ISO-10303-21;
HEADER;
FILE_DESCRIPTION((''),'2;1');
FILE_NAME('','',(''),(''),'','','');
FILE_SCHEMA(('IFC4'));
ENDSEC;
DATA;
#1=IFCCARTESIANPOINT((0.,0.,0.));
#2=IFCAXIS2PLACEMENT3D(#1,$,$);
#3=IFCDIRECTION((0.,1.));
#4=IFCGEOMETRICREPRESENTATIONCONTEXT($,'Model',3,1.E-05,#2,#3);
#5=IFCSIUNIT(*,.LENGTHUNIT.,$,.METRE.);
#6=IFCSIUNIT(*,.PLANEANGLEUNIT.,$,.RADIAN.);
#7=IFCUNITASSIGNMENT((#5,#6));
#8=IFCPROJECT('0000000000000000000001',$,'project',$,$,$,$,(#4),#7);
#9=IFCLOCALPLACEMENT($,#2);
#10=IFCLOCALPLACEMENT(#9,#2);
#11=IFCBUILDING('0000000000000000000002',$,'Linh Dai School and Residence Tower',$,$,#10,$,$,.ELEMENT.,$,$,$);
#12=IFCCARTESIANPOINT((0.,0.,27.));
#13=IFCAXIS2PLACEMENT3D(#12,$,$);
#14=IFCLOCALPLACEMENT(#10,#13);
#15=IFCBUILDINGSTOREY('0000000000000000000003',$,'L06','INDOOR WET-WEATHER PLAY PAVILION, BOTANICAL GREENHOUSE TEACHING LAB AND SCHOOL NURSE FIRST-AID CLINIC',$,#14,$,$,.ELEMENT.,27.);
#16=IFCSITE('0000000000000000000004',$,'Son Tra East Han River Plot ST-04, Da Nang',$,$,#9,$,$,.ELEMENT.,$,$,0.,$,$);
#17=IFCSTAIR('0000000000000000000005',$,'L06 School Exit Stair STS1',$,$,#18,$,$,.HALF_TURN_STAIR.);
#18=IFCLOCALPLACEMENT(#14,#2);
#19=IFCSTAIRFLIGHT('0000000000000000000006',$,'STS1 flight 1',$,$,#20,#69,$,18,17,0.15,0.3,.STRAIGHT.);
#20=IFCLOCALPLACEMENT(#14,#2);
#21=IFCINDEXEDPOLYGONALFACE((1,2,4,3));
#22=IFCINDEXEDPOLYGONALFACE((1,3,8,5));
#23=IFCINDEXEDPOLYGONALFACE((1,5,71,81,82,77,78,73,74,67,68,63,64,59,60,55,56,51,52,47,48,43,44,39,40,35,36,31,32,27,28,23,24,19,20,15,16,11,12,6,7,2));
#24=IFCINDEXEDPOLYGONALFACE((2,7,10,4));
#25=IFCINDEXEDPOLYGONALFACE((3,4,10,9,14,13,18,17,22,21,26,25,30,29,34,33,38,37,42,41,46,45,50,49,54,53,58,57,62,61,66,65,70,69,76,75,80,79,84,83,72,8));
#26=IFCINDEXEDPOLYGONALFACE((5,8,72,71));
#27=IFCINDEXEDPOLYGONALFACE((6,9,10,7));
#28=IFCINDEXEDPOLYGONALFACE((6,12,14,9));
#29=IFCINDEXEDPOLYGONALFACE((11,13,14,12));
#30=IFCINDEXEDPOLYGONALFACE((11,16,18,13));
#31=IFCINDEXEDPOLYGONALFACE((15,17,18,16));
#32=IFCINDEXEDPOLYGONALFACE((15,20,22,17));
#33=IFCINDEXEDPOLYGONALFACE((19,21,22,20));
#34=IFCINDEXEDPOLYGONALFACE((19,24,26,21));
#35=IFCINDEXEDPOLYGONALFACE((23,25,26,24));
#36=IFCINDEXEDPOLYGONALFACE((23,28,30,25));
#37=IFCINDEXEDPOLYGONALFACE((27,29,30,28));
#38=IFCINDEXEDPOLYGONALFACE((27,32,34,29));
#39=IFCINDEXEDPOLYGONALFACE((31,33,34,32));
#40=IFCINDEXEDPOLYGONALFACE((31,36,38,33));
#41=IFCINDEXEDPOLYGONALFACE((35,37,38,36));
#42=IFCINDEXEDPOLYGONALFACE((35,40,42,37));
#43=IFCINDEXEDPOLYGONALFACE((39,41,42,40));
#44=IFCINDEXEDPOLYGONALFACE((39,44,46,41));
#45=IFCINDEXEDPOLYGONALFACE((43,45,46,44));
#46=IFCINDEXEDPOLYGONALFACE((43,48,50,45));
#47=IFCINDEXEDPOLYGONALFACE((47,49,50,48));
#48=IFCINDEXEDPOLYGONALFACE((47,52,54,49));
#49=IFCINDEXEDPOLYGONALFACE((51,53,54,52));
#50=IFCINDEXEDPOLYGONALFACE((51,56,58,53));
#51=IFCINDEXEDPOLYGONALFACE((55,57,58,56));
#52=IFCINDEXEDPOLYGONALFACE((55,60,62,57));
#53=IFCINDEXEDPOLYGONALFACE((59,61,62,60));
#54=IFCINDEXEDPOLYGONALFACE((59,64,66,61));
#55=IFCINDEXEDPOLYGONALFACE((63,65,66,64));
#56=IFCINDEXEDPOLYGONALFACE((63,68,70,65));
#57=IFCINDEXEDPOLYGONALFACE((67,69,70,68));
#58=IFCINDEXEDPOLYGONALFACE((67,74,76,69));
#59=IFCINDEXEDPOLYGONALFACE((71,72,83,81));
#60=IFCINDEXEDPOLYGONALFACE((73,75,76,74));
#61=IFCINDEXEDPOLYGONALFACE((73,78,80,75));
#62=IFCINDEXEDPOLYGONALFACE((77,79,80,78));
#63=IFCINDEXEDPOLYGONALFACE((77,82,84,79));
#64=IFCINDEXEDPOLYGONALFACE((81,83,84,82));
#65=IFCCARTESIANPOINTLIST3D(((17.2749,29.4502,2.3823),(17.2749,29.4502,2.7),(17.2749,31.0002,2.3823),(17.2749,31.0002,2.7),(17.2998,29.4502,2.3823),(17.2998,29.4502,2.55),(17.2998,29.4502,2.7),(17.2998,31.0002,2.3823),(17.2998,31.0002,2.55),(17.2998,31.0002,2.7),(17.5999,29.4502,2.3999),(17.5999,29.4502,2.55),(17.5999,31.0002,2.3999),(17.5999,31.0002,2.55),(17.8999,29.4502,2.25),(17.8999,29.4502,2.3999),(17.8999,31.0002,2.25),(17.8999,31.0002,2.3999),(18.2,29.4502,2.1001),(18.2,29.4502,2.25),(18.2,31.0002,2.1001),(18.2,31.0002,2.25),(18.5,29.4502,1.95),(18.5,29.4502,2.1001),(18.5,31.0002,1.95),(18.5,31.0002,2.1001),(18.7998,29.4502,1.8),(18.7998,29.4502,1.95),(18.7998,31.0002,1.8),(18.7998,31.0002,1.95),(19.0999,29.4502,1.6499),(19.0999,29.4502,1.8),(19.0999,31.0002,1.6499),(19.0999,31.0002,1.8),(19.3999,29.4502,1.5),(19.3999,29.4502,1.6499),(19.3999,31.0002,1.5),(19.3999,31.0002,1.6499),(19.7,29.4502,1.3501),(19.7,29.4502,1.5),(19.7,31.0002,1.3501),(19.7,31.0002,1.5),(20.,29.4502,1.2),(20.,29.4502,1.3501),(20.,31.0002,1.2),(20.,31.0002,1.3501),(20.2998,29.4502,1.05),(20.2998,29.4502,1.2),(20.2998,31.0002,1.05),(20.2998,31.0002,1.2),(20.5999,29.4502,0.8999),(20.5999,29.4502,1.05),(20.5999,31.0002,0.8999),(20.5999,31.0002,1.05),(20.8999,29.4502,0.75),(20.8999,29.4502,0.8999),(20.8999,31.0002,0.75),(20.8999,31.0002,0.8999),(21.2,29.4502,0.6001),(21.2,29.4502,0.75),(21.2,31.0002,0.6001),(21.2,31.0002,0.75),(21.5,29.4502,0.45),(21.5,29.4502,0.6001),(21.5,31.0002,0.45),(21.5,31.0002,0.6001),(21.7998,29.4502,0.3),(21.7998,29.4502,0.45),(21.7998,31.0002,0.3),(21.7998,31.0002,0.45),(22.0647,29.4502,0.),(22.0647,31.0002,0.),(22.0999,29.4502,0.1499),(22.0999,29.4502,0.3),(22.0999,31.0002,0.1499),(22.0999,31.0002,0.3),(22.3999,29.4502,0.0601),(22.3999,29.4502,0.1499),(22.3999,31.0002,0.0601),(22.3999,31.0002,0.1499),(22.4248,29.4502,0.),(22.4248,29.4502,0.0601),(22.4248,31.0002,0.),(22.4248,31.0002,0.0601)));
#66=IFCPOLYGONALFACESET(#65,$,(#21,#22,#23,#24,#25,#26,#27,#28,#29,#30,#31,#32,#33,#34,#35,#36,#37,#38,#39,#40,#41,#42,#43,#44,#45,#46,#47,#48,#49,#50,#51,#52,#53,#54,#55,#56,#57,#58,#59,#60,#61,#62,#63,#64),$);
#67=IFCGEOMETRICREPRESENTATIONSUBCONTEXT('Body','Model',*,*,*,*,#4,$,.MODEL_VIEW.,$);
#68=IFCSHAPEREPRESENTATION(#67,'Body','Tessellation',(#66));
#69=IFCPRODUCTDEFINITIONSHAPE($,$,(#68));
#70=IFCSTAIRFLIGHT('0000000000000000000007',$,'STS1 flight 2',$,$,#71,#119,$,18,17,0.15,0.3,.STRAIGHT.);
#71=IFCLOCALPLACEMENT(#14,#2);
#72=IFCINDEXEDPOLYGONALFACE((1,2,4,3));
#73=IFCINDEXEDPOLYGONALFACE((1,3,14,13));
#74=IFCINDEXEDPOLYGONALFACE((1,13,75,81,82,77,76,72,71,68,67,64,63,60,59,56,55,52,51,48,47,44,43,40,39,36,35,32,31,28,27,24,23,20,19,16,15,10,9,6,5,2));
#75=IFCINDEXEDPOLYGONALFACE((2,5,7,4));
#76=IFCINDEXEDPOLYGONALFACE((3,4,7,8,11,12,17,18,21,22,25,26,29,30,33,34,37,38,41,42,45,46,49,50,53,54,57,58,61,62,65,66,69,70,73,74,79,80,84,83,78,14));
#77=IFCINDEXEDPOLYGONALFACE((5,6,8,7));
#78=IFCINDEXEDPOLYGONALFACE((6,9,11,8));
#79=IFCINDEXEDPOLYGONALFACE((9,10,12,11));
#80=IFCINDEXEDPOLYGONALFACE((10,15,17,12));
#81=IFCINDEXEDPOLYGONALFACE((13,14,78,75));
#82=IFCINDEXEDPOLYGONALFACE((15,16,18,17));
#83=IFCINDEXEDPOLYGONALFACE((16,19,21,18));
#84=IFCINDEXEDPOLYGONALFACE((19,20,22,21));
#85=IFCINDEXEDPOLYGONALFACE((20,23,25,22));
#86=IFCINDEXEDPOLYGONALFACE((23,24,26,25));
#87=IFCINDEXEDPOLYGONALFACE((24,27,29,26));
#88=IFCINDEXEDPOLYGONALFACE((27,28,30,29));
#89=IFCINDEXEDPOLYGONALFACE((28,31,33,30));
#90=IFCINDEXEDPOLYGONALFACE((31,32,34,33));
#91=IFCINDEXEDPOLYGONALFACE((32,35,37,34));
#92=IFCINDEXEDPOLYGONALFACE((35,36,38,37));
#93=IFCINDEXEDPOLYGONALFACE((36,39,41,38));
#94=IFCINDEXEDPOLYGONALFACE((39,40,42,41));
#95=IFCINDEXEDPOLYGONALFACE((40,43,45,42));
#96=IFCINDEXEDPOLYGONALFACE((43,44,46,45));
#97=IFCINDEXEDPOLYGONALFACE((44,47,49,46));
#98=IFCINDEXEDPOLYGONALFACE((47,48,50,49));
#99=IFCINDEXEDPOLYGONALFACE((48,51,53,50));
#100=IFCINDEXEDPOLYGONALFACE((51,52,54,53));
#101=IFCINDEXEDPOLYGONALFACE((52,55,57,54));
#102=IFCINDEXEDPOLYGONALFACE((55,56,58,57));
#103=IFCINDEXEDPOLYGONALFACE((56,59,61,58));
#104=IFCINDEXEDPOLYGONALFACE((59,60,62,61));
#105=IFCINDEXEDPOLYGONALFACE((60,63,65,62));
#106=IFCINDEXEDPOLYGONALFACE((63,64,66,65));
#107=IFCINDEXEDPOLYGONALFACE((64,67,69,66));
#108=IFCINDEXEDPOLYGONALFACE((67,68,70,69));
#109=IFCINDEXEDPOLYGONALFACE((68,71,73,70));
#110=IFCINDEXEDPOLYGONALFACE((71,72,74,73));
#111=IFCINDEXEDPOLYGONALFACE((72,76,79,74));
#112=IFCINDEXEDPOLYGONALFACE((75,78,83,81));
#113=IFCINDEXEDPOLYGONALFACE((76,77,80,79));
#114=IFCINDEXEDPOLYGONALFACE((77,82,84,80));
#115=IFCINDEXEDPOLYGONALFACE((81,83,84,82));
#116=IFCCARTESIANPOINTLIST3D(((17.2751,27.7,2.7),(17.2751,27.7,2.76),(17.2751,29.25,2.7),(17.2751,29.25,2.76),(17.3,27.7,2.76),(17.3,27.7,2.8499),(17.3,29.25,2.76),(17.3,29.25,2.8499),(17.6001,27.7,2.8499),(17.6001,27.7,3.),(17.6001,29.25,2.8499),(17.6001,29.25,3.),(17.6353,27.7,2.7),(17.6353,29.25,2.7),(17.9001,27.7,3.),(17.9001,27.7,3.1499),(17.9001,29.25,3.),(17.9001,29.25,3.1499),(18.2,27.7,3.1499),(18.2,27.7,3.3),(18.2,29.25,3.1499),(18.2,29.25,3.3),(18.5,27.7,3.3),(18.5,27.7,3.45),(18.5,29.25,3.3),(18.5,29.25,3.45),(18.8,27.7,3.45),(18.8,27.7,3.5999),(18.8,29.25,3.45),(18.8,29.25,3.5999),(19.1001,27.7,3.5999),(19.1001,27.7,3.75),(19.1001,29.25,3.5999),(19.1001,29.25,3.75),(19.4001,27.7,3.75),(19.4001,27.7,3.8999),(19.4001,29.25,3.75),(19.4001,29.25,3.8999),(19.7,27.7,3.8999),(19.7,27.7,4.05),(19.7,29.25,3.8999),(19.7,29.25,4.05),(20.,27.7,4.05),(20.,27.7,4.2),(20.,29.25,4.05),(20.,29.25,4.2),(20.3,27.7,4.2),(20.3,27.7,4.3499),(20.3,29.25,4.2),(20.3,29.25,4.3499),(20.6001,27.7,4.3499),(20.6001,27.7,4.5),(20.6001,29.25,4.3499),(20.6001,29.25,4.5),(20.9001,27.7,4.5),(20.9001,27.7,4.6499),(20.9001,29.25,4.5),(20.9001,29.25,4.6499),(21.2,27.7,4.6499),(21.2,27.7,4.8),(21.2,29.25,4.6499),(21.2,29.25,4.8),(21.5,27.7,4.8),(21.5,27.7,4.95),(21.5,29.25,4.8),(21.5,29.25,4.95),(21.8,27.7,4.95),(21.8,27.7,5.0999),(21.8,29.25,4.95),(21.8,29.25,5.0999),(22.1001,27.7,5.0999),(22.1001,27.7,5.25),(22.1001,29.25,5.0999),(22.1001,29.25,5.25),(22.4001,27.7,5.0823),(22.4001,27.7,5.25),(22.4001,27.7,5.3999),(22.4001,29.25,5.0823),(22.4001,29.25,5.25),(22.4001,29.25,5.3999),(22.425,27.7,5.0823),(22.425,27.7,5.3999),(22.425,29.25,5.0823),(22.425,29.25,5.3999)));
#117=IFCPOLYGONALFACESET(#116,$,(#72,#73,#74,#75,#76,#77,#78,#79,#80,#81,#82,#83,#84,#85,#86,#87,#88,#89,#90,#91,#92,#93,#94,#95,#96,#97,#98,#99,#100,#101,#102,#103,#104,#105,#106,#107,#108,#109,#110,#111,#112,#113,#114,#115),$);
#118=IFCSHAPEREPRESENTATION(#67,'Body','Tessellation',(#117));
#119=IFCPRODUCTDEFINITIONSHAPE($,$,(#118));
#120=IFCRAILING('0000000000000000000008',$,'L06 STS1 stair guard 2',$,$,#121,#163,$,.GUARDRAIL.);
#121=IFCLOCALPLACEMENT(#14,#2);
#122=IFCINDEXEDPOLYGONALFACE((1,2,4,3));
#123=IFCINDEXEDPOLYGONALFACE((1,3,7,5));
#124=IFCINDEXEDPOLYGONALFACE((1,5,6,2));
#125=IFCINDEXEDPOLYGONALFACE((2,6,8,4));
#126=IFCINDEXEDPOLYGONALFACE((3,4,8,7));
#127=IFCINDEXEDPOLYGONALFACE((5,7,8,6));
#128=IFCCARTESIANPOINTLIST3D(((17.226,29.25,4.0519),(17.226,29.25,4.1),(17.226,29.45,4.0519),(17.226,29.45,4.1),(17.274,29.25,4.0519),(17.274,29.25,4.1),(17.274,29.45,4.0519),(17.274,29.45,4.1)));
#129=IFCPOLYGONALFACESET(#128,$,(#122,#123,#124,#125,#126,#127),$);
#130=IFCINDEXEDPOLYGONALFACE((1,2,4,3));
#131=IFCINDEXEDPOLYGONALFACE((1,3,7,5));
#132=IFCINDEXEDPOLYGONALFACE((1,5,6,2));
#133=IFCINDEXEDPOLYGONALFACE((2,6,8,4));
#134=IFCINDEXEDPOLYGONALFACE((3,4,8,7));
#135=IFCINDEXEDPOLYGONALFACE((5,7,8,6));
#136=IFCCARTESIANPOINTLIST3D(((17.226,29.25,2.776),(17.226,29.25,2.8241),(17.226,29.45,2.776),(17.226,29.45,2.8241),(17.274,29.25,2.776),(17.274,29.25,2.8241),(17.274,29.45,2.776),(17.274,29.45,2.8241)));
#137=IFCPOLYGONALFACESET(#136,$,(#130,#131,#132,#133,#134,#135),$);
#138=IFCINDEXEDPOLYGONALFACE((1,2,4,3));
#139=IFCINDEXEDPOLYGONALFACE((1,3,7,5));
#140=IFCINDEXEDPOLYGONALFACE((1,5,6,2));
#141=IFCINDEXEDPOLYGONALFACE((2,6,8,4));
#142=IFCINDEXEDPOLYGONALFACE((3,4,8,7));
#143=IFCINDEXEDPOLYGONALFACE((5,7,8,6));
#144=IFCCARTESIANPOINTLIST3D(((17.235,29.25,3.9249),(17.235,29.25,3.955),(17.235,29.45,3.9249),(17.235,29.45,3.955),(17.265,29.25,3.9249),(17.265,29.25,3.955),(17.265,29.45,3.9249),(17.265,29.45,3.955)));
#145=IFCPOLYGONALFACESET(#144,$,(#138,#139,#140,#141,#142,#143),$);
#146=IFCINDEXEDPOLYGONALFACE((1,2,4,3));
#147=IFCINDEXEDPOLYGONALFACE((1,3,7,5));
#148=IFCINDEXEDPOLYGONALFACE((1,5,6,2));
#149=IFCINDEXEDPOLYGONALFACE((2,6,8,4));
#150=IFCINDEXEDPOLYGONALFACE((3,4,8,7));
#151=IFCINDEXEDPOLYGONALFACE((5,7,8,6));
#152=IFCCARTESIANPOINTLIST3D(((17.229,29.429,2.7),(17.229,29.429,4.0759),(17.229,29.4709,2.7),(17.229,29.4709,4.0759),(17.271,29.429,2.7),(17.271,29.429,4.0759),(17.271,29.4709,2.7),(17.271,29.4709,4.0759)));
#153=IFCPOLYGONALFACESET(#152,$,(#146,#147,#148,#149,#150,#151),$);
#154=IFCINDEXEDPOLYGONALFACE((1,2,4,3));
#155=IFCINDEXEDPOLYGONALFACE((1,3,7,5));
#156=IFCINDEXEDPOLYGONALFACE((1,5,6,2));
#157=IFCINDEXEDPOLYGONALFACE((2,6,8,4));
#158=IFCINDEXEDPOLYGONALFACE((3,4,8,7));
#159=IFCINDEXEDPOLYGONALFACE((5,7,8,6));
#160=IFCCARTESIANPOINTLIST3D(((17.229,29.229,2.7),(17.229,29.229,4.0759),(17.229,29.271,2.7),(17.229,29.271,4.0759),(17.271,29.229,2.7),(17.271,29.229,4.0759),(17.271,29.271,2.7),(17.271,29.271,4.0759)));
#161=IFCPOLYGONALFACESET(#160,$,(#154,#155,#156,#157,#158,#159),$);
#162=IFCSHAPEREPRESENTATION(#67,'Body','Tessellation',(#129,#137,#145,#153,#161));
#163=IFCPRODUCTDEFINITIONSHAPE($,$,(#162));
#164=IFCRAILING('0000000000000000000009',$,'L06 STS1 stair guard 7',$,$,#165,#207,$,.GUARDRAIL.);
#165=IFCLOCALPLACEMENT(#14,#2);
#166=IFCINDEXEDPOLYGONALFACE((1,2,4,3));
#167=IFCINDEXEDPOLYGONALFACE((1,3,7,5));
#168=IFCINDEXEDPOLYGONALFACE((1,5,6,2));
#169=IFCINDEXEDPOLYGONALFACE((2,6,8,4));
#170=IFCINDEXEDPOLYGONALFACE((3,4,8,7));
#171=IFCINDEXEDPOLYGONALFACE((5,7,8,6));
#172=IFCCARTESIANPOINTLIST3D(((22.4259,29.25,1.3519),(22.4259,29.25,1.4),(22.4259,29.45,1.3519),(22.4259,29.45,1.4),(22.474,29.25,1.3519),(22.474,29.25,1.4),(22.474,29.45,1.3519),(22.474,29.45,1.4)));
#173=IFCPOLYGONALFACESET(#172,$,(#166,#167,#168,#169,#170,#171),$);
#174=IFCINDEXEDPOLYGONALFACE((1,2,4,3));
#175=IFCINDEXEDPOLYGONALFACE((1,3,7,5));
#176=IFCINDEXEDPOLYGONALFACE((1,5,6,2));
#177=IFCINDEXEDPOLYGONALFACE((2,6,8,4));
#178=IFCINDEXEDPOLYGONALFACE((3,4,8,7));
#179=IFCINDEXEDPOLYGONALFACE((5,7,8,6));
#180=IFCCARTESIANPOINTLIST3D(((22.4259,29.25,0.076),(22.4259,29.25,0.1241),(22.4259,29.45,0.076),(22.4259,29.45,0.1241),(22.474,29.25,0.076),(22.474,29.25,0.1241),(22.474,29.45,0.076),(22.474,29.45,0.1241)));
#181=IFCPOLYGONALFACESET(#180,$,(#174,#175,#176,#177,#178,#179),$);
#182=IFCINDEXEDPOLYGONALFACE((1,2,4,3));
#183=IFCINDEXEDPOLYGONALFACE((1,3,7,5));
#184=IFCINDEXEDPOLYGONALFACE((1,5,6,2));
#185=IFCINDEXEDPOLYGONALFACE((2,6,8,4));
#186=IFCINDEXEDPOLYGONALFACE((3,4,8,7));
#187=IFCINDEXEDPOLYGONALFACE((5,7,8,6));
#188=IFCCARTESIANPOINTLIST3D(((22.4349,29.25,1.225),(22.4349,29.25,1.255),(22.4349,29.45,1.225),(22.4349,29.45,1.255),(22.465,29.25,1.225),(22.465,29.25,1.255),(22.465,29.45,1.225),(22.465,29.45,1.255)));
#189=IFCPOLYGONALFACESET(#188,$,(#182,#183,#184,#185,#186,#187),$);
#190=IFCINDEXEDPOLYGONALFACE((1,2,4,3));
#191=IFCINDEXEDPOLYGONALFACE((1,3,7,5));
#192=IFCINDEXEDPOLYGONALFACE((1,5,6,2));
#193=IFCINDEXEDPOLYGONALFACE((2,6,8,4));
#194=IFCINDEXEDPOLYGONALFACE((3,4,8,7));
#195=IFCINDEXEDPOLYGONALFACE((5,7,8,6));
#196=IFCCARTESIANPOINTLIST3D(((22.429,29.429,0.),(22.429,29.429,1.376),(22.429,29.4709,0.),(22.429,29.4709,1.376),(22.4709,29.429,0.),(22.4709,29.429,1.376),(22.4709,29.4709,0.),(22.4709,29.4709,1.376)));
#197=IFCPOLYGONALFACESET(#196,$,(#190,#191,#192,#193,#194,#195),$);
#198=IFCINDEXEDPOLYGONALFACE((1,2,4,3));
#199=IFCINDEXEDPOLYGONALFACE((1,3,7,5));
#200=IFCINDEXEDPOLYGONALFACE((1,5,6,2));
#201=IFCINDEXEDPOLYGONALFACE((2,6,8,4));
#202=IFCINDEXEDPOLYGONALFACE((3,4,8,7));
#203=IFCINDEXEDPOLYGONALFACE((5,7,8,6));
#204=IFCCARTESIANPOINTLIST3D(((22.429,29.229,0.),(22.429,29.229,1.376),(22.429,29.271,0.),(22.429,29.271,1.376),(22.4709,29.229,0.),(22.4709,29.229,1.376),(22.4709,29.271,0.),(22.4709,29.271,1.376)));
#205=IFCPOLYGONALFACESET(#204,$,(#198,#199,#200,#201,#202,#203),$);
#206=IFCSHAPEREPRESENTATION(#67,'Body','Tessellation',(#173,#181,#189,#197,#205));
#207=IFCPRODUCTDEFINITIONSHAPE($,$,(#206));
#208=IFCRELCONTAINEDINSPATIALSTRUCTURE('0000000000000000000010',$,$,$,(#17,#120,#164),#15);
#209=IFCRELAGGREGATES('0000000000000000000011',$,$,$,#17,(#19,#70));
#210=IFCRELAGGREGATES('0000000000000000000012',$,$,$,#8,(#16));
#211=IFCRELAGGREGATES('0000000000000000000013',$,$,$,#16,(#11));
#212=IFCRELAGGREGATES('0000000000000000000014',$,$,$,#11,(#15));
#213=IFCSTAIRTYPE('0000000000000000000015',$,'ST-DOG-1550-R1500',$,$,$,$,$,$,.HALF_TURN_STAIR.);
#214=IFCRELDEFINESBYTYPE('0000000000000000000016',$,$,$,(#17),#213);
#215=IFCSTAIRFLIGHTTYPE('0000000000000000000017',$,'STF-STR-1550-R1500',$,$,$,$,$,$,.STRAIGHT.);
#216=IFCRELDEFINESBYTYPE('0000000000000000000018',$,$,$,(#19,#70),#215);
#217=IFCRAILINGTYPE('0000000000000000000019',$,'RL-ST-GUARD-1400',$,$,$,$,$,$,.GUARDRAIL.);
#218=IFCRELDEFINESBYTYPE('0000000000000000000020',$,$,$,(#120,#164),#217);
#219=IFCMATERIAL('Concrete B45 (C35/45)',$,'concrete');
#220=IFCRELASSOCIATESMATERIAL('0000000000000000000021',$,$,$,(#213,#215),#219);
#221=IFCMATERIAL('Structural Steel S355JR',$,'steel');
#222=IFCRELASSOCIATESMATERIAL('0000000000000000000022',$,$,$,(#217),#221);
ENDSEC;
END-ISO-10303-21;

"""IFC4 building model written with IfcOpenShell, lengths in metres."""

from ifc_helpers import new_model, si_unit, direction, frame, origin, origin_2d, place, context, subcontext, project, spatial, polyline, rectangle, outline, extrude, source, transform, mapped, material, type_object, element, aggregate, save


model = new_model("IFC4")

# Units and contexts
model_context = context("Model", 3, precision=1e-05, world=origin(), true_north=direction((0.0, 1.0)))
body_context = subcontext(model_context, "Body", "Model", "MODEL_VIEW")
ifc_project = project(units=[si_unit("LENGTHUNIT", "METRE"), si_unit("PLANEANGLEUNIT", "RADIAN")], contexts=[model_context])

# Site, building, storey
site_placement = place(None, origin())
site = spatial("IfcSite", under=ifc_project, at=site_placement, Name="Son Tra East Han River Plot ST-04, Da Nang", CompositionType="ELEMENT", RefElevation=0.0)
building_placement = place(site_placement, origin())
building = spatial("IfcBuilding", under=site, at=building_placement, Name="Linh Dai School and Residence Tower", CompositionType="ELEMENT")
storey_placement = place(building_placement, frame((0.0, 0.0, 27.0)))
storey = spatial("IfcBuildingStorey", under=building, at=storey_placement, Name="L06", Description="INDOOR WET-WEATHER PLAY PAVILION, BOTANICAL GREENHOUSE TEACHING LAB AND SCHOOL NURSE FIRST-AID CLINIC", CompositionType="ELEMENT", Elevation=27.0)

# Shared definitions
ifc_material_1 = material(Name="Structural Steel S355JR", Category="steel")

# Shared definitions
ifc_material_2 = material(Name="Concrete B45 (C35/45)", Category="concrete")

# Stair, stair flights
stair_type = type_object("IfcStairType", Name="ST-DOG-1550-R1500", PredefinedType="HALF_TURN_STAIR", material=ifc_material_2)
stair_placement = place(storey_placement, origin())
stair = element("IfcStair", 1, at=stair_placement, inside=storey, type_object=stair_type, Name="L06 School Exit Stair STS1", PredefinedType="HALF_TURN_STAIR")
stair_flight_type = type_object("IfcStairFlightType", Name="STF-STR-1550-R1500", PredefinedType="STRAIGHT", material=ifc_material_2)
shared_shape_1 = source(origin(), body_context, "Body", "SweptSolid", [
    extrude(outline(polyline([(-0.0249, 0.0), (-0.0249, 0.0601), (0.0, 0.0601), (0.0, 0.1499), (0.3, 0.1499), (0.3, 0.3), (0.6001, 0.3), (0.6001, 0.45), (0.8999, 0.45), (0.8999, 0.6001), (1.2, 0.6001), (1.2, 0.75), (1.5, 0.75), (1.5, 0.8999), (1.8, 0.8999), (1.8, 1.05), (2.1001, 1.05), (2.1001, 1.2), (2.3999, 1.2), (2.3999, 1.3501), (2.7, 1.3501), (2.7, 1.5), (3.0, 1.5), (3.0, 1.6499), (3.3, 1.6499), (3.3, 1.8), (3.6001, 1.8), (3.6001, 1.95), (3.8999, 1.95), (3.8999, 2.1001), (4.2, 2.1001), (4.2, 2.25), (4.5, 2.25), (4.5, 2.3999), (4.8, 2.3999), (4.8, 2.55), (5.1001, 2.55), (5.1001, 2.7), (5.125, 2.7), (5.125, 2.3823), (5.1001, 2.3823), (0.3352, 0.0), (-0.0249, 0.0)])), frame((0.0, 0.7749, 0.0), z_axis=(0.0, -1.0, 0.0), x_axis=(1.0, 0.0, 0.0)), (0.0, 0.0, 1.0), 1.55),
])
stair_flight_1_placement = place(storey_placement, frame((22.3999, 30.2251, 0.0), z_axis=(0.0, 0.0, 1.0), x_axis=(-1.0, 0.0, 0.0)))
stair_flight_1 = element("IfcStairFlight", 2, at=stair_flight_1_placement, type_object=stair_flight_type, Name="STS1 flight 1", NumberOfRisers=18, NumberOfTreads=17, PredefinedType="STRAIGHT", RiserHeight=0.15, TreadLength=0.3, context=body_context, shape_type="MappedRepresentation", body=[
    mapped(shared_shape_1, transform((0.0, 0.0, 0.0), x_axis=(1.0, 0.0, 0.0), y_axis=(0.0, 1.0, 0.0), z_axis=(0.0, 0.0, 1.0), scale=1.0)),
])
stair_flight_2_placement = place(storey_placement, frame((17.3, 28.4751, 2.7), z_axis=(0.0, 0.0, 1.0), x_axis=(1.0, 0.0, 0.0)))
stair_flight_2 = element("IfcStairFlight", 3, at=stair_flight_2_placement, type_object=stair_flight_type, Name="STS1 flight 2", NumberOfRisers=18, NumberOfTreads=17, PredefinedType="STRAIGHT", RiserHeight=0.15, TreadLength=0.3, context=body_context, shape_type="MappedRepresentation", body=[
    mapped(shared_shape_1, transform((0.0, 0.0, 0.0), x_axis=(1.0, 0.0, 0.0), y_axis=(0.0, 1.0, 0.0), z_axis=(0.0, 0.0, 1.0), scale=1.0)),
])
aggregate(stair, [stair_flight_1, stair_flight_2])

# Railings
railing_type_1 = type_object("IfcRailingType", Name="RL-ST-GUARD-1400", PredefinedType="GUARDRAIL", material=ifc_material_1)
shared_shape_2 = source(origin(), body_context, "Body", "SweptSolid", [
    extrude(rectangle(XDim=0.0481, YDim=0.0481, at=origin_2d()), frame((0.0, 0.0, 1.376), z_axis=(0.0, -1.0, 0.0), x_axis=(1.0, 0.0, 0.0)), (0.0, 0.0, 1.0), 0.2),
    extrude(rectangle(XDim=0.0481, YDim=0.0481, at=origin_2d()), frame((0.0, 0.0, 0.1001), z_axis=(0.0, -1.0, 0.0), x_axis=(1.0, 0.0, 0.0)), (0.0, 0.0, 1.0), 0.2),
    extrude(rectangle(XDim=0.03, YDim=0.03, at=origin_2d()), frame((0.0, 0.0, 1.24), z_axis=(0.0, -1.0, 0.0), x_axis=(1.0, 0.0, 0.0)), (0.0, 0.0, 1.0), 0.2),
    extrude(rectangle(XDim=0.042, YDim=0.042, at=origin_2d()), origin(), (0.0, 0.0, 1.0), 1.376),
    extrude(rectangle(XDim=0.042, YDim=0.042, at=origin_2d()), frame((0.0, -0.2, 0.0)), (0.0, 0.0, 1.0), 1.376),
])
for number, where, name in (
    (4, (17.25, 29.45, 2.7), "L06 STS1 stair guard 2"),
    (5, (22.45, 29.45, 0.0), "L06 STS1 stair guard 7"),
):
    element("IfcRailing", number, at=place(storey_placement, frame(where)), inside=storey, type_object=railing_type_1, Name=name, PredefinedType="GUARDRAIL", context=body_context, shape_type="MappedRepresentation", body=[
        mapped(shared_shape_2, transform((0.0, 0.0, 0.0), x_axis=(1.0, 0.0, 0.0), y_axis=(0.0, 1.0, 0.0), z_axis=(0.0, 0.0, 1.0), scale=1.0)),
    ])

save(model, "model.ifc")
